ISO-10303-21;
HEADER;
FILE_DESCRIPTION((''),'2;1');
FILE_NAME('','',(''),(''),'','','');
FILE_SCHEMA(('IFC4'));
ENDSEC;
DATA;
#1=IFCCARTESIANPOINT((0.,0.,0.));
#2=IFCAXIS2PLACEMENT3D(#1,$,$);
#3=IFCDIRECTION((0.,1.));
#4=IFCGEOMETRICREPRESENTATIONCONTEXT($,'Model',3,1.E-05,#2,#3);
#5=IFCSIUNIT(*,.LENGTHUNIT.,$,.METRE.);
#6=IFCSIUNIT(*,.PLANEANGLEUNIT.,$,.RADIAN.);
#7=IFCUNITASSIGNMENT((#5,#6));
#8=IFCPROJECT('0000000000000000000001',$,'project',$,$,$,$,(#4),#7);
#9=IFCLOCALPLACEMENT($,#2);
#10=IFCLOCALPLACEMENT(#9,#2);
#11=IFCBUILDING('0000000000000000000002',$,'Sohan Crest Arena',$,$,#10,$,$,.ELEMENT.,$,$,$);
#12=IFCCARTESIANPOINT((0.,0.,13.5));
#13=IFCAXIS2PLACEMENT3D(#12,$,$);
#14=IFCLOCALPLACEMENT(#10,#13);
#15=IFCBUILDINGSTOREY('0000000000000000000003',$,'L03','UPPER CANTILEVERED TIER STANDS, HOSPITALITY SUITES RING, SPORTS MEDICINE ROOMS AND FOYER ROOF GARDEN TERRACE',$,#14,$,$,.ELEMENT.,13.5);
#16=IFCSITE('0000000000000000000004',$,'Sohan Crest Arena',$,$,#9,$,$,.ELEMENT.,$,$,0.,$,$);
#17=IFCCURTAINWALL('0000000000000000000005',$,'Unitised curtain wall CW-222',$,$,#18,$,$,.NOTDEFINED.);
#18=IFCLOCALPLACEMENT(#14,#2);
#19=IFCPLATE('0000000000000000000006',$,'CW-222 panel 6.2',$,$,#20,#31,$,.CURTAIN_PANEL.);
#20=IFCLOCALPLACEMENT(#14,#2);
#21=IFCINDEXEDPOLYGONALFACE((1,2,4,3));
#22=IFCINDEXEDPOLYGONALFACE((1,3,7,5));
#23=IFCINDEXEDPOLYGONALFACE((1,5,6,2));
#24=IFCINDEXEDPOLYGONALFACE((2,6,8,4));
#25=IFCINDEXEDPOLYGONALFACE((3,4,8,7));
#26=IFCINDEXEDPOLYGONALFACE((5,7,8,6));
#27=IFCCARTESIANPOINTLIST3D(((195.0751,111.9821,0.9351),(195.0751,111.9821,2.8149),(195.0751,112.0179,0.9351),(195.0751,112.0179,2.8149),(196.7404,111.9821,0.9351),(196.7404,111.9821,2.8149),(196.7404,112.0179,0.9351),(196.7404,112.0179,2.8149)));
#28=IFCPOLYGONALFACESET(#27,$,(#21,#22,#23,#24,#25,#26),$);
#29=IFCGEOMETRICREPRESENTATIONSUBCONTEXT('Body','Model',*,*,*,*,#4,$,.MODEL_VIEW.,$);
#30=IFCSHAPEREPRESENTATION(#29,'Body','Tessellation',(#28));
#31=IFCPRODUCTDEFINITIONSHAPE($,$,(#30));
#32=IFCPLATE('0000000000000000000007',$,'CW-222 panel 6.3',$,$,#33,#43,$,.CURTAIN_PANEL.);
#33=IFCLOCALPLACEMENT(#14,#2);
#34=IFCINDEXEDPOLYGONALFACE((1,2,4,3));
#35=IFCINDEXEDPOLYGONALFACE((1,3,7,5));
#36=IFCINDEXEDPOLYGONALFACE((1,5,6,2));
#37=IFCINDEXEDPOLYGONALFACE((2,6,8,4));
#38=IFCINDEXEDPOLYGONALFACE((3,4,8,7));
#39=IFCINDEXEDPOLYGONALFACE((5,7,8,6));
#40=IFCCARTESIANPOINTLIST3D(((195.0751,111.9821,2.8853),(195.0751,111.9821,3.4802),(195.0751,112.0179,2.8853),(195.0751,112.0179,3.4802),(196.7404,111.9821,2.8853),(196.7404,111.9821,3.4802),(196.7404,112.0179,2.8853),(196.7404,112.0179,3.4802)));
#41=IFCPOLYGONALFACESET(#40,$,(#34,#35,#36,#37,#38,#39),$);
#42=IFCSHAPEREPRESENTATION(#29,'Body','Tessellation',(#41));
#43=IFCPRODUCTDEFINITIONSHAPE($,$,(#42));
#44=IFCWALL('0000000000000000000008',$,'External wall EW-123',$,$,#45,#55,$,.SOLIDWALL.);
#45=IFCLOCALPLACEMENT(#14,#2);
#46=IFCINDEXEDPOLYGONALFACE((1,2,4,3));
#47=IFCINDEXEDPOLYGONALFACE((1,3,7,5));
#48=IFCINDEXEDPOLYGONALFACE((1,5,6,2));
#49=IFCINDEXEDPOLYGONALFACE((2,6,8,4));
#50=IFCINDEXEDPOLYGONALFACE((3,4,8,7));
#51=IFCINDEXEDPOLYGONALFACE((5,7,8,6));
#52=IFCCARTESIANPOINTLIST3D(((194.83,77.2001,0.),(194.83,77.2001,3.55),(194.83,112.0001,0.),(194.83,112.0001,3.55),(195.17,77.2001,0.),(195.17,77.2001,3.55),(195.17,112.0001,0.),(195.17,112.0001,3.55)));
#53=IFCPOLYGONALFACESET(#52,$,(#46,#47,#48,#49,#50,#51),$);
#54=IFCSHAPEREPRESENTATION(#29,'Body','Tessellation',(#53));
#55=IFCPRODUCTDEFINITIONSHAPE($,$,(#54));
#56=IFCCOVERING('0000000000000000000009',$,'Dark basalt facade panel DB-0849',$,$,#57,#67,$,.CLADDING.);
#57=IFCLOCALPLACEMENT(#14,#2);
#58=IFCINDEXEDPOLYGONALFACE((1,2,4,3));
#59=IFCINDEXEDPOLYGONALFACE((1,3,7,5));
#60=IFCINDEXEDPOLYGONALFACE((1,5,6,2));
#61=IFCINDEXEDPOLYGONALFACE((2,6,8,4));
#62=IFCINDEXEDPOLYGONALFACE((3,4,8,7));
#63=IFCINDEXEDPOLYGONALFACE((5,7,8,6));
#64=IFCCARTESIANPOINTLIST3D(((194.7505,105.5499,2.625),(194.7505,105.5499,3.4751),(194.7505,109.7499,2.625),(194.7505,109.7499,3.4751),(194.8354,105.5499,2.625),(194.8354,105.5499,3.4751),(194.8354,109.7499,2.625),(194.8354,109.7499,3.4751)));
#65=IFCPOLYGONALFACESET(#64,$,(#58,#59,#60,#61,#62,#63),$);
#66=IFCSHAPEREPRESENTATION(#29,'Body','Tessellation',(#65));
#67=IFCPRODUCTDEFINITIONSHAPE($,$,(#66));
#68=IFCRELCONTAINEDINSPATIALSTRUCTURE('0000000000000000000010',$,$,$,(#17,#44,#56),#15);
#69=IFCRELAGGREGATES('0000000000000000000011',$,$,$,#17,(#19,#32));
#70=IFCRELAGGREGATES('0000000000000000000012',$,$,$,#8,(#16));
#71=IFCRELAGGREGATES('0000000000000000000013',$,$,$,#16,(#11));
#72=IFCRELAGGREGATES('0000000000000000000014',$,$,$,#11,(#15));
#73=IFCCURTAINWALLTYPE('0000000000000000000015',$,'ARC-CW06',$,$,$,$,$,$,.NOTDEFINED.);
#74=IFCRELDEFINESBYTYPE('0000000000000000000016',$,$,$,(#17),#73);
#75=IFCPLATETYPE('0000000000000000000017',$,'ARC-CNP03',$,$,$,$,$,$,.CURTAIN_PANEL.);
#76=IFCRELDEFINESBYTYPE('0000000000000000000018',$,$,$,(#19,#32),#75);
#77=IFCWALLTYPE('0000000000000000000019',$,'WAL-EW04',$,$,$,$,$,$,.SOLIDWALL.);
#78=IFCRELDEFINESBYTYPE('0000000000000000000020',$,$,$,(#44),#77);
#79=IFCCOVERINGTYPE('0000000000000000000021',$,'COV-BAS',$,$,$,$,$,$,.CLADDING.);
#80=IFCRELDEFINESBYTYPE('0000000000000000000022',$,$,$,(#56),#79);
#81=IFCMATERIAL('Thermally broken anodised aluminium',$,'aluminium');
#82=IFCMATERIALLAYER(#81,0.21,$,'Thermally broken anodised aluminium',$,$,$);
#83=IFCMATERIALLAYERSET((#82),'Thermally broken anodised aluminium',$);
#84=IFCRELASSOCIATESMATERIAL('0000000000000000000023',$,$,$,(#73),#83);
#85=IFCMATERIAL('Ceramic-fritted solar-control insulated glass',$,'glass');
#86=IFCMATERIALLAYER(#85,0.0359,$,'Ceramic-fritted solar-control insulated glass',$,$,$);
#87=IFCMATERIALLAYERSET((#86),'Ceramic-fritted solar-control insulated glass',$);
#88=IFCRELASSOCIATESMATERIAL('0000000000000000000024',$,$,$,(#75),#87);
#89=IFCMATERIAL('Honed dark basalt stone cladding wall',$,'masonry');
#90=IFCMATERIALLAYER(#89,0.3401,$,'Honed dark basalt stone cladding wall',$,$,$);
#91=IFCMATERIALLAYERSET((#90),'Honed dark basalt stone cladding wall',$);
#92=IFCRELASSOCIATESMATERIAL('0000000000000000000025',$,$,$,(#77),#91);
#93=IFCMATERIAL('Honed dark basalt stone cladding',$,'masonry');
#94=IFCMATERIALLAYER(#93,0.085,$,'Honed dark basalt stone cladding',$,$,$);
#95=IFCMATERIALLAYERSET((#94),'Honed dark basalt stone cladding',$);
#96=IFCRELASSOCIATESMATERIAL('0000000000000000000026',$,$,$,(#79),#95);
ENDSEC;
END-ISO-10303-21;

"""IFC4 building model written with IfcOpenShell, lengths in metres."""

from ifc_helpers import new_model, si_unit, direction, frame, frame_2d, origin, origin_2d, place, context, subcontext, project, spatial, rectangle, extrude, material, layer, layer_set, type_object, element, aggregate, save


model = new_model("IFC4")

# Units and contexts
model_context = context("Model", 3, precision=1e-05, world=origin(), true_north=direction((0.0, 1.0)))
body_context = subcontext(model_context, "Body", "Model", "MODEL_VIEW")
ifc_project = project(units=[si_unit("LENGTHUNIT", "METRE"), si_unit("PLANEANGLEUNIT", "RADIAN")], contexts=[model_context])

# Site, building, storey
site_placement = place(None, origin())
site = spatial("IfcSite", under=ifc_project, at=site_placement, Name="Sohan Crest Arena", CompositionType="ELEMENT", RefElevation=0.0)
building_placement = place(site_placement, origin())
building = spatial("IfcBuilding", under=site, at=building_placement, Name="Sohan Crest Arena", CompositionType="ELEMENT")
storey_placement = place(building_placement, frame((0.0, 0.0, 13.5)))
storey = spatial("IfcBuildingStorey", under=building, at=storey_placement, Name="L03", Description="UPPER CANTILEVERED TIER STANDS, HOSPITALITY SUITES RING, SPORTS MEDICINE ROOMS AND FOYER ROOF GARDEN TERRACE", CompositionType="ELEMENT", Elevation=13.5)

# Curtain wall, plates
ifc_material_1 = material(Name="Thermally broken anodised aluminium", Category="aluminium")
ifc_layer_1 = layer(ifc_material_1, 0.21, Name="Thermally broken anodised aluminium")
ifc_layer_set_1 = layer_set([ifc_layer_1], Name="Thermally broken anodised aluminium")
curtain_wall_type = type_object("IfcCurtainWallType", Name="ARC-CW06", PredefinedType="NOTDEFINED", material=ifc_layer_set_1)
curtain_wall_placement = place(storey_placement, origin())
curtain_wall = element("IfcCurtainWall", 1, at=curtain_wall_placement, inside=storey, type_object=curtain_wall_type, Name="Unitised curtain wall CW-222", PredefinedType="NOTDEFINED")
ifc_material_2 = material(Name="Ceramic-fritted solar-control insulated glass", Category="glass")
ifc_layer_2 = layer(ifc_material_2, 0.0359, Name="Ceramic-fritted solar-control insulated glass")
ifc_layer_set_2 = layer_set([ifc_layer_2], Name="Ceramic-fritted solar-control insulated glass")
plate_type = type_object("IfcPlateType", Name="ARC-CNP03", PredefinedType="CURTAIN_PANEL", material=ifc_layer_set_2)
plate_1_placement = place(storey_placement, frame((195.9077, 112.0, 0.9351), z_axis=(0.0, 0.0, 1.0), x_axis=(-1.0, 0.0, 0.0)))
plate_1 = element("IfcPlate", 2, at=plate_1_placement, type_object=plate_type, Name="CW-222 panel 6.2", PredefinedType="CURTAIN_PANEL", context=body_context, shape_type="SweptSolid", body=[
    extrude(rectangle(XDim=1.6653, YDim=0.0359, at=origin_2d()), origin(), (0.0, 0.0, 1.0), 1.8799),
])
plate_2_placement = place(storey_placement, frame((195.9077, 112.0, 2.8853), z_axis=(0.0, 0.0, 1.0), x_axis=(-1.0, 0.0, 0.0)))
plate_2 = element("IfcPlate", 3, at=plate_2_placement, type_object=plate_type, Name="CW-222 panel 6.3", PredefinedType="CURTAIN_PANEL", context=body_context, shape_type="SweptSolid", body=[
    extrude(rectangle(XDim=1.6653, YDim=0.0359, at=origin_2d()), origin(), (0.0, 0.0, 1.0), 0.595),
])
aggregate(curtain_wall, [plate_1, plate_2])

# Wall
ifc_material_3 = material(Name="Honed dark basalt stone cladding wall", Category="masonry")
ifc_layer_3 = layer(ifc_material_3, 0.3401, Name="Honed dark basalt stone cladding wall")
ifc_layer_set_3 = layer_set([ifc_layer_3], Name="Honed dark basalt stone cladding wall")
wall_type = type_object("IfcWallType", Name="WAL-EW04", PredefinedType="SOLIDWALL", material=ifc_layer_set_3)
wall_placement = place(storey_placement, frame((195.0, 112.0, 0.0), z_axis=(0.0, 0.0, 1.0), x_axis=(0.0, -1.0, 0.0)))
element("IfcWall", 4, at=wall_placement, inside=storey, type_object=wall_type, Name="External wall EW-123", PredefinedType="SOLIDWALL", context=body_context, shape_type="SweptSolid", body=[
    extrude(rectangle(XDim=34.8, YDim=0.3401, at=frame_2d((17.3999, 0.0))), origin(), (0.0, 0.0, 1.0), 3.55),
])

# Covering
ifc_material_4 = material(Name="Honed dark basalt stone cladding", Category="masonry")
ifc_layer_4 = layer(ifc_material_4, 0.085, Name="Honed dark basalt stone cladding")
ifc_layer_set_4 = layer_set([ifc_layer_4], Name="Honed dark basalt stone cladding")
covering_type = type_object("IfcCoveringType", Name="COV-BAS", PredefinedType="CLADDING", material=ifc_layer_set_4)
covering_placement = place(storey_placement, frame((194.793, 107.6499, 2.625), z_axis=(0.0, 0.0, 1.0), x_axis=(0.0, -1.0, 0.0)))
element("IfcCovering", 5, at=covering_placement, inside=storey, type_object=covering_type, Name="Dark basalt facade panel DB-0849", PredefinedType="CLADDING", context=body_context, shape_type="SweptSolid", body=[
    extrude(rectangle(XDim=4.2, YDim=0.085, at=origin_2d()), origin(), (0.0, 0.0, 1.0), 0.8501),
])

save(model, "model.ifc")
